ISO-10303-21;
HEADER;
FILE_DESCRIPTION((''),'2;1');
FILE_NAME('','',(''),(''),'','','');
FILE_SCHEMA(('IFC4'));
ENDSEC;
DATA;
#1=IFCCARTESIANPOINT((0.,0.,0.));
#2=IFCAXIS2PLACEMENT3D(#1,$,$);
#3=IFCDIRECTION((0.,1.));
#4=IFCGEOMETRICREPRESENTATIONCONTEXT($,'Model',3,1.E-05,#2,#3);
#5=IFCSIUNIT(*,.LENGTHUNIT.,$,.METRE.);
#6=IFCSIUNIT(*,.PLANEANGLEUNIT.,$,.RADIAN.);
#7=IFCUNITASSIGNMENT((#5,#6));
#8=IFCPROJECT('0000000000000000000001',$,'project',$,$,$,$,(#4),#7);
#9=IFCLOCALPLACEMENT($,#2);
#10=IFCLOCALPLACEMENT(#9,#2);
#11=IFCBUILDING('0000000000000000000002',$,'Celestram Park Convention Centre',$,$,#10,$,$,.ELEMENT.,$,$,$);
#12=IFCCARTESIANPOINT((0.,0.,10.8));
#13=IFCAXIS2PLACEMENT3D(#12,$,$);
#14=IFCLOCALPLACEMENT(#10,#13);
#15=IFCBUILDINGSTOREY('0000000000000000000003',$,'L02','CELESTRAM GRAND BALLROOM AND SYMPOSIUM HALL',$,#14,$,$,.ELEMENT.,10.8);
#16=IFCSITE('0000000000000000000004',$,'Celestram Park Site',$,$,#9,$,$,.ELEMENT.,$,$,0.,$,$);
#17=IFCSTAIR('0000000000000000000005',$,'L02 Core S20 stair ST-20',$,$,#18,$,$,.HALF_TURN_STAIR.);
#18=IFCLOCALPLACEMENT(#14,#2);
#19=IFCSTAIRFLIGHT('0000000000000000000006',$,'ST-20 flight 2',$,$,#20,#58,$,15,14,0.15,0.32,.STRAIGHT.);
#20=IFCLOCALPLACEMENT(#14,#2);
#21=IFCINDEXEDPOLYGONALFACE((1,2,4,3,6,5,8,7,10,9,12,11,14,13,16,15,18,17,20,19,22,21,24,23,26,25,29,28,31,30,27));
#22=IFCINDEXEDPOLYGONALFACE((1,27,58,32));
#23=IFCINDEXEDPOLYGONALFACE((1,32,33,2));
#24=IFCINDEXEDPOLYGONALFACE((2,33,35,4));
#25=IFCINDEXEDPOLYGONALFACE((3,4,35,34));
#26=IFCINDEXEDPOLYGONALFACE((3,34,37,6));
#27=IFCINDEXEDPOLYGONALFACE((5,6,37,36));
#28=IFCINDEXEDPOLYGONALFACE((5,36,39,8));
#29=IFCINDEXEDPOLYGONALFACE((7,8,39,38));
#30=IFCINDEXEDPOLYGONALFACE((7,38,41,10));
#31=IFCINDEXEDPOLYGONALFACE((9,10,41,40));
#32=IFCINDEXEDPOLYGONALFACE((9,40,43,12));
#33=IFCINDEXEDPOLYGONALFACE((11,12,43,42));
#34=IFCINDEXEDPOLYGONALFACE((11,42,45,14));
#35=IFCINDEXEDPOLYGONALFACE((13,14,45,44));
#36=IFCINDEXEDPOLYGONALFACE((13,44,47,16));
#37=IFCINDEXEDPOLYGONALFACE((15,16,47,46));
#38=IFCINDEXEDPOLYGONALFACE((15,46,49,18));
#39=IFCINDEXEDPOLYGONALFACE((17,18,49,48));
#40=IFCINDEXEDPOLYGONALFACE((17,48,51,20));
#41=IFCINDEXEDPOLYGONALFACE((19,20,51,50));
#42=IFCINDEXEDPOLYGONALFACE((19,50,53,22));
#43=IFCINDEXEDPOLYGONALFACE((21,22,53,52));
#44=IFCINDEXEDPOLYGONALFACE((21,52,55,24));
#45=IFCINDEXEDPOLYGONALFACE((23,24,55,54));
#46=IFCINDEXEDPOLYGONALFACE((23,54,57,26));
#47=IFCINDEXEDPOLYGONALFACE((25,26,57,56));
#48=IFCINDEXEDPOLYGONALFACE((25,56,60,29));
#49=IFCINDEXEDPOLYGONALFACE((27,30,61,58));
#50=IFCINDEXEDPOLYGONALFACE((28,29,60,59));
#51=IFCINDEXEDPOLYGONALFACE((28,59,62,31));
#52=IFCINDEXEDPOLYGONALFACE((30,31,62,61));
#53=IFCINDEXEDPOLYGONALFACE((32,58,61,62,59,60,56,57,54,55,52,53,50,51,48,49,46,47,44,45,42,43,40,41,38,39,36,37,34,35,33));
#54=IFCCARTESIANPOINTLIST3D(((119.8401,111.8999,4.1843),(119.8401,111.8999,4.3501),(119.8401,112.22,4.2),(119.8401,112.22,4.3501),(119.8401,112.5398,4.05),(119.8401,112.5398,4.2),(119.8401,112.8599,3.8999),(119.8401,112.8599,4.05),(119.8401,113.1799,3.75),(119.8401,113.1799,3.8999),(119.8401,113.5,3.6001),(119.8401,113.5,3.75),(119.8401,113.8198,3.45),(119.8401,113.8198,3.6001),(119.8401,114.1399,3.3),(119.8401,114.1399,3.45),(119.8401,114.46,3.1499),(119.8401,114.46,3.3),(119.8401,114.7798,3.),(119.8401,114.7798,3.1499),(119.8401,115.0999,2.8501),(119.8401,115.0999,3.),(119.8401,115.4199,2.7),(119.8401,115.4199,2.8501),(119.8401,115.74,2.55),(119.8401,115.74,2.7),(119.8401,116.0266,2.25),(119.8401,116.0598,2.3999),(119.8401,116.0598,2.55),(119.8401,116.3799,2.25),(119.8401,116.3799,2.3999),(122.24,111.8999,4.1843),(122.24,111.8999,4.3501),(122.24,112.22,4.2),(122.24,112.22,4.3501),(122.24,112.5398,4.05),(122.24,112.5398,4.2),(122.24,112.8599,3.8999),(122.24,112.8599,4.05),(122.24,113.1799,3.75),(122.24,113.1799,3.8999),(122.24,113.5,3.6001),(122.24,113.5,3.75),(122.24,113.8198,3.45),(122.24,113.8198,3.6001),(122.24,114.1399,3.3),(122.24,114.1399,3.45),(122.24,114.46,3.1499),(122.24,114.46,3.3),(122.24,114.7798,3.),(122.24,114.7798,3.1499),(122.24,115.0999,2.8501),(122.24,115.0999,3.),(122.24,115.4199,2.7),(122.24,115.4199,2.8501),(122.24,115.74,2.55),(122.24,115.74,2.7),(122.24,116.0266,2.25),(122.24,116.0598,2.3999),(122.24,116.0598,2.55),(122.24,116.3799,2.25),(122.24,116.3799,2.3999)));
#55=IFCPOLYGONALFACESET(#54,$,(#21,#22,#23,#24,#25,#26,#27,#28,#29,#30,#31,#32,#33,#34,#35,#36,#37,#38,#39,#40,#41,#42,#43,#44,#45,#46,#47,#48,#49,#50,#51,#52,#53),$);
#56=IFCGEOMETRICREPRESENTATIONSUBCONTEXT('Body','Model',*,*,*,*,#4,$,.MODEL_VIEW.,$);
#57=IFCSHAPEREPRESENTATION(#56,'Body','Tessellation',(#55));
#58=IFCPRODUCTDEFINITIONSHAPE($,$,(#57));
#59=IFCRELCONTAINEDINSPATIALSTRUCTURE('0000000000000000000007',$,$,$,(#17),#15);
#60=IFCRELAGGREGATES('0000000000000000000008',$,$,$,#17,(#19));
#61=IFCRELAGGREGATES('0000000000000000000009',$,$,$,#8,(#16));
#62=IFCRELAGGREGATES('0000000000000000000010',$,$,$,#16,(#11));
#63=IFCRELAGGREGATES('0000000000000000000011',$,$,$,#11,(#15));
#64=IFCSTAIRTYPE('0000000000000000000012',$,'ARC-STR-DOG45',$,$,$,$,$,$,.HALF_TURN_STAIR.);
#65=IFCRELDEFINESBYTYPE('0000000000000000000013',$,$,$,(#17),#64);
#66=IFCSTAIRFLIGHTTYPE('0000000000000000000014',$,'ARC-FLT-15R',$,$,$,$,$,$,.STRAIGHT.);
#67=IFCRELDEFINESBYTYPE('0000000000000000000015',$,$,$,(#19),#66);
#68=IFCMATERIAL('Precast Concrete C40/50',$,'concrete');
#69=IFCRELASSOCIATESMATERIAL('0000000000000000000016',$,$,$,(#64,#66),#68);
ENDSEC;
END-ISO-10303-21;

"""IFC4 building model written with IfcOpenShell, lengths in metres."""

from ifc_helpers import new_model, si_unit, direction, frame, origin, place, context, subcontext, project, spatial, polyline, outline, extrude, material, type_object, element, aggregate, save


model = new_model("IFC4")

# Units and contexts
model_context = context("Model", 3, precision=1e-05, world=origin(), true_north=direction((0.0, 1.0)))
body_context = subcontext(model_context, "Body", "Model", "MODEL_VIEW")
ifc_project = project(units=[si_unit("LENGTHUNIT", "METRE"), si_unit("PLANEANGLEUNIT", "RADIAN")], contexts=[model_context])

# Site, building, storey
site_placement = place(None, origin())
site = spatial("IfcSite", under=ifc_project, at=site_placement, Name="Celestram Park Site", CompositionType="ELEMENT", RefElevation=0.0)
building_placement = place(site_placement, origin())
building = spatial("IfcBuilding", under=site, at=building_placement, Name="Celestram Park Convention Centre", CompositionType="ELEMENT")
storey_placement = place(building_placement, frame((0.0, 0.0, 10.8)))
storey = spatial("IfcBuildingStorey", under=building, at=storey_placement, Name="L02", Description="CELESTRAM GRAND BALLROOM AND SYMPOSIUM HALL", CompositionType="ELEMENT", Elevation=10.8)

# Stair, stair flight
ifc_material_1 = material(Name="Precast Concrete C40/50", Category="concrete")
stair_type = type_object("IfcStairType", Name="ARC-STR-DOG45", PredefinedType="HALF_TURN_STAIR", material=ifc_material_1)
stair_placement = place(storey_placement, origin())
stair = element("IfcStair", 1, at=stair_placement, inside=storey, type_object=stair_type, Name="L02 Core S20 stair ST-20", PredefinedType="HALF_TURN_STAIR")
stair_flight_type = type_object("IfcStairFlightType", Name="ARC-FLT-15R", PredefinedType="STRAIGHT", material=ifc_material_1)
stair_flight_1_placement = place(storey_placement, frame((121.04, 116.3799, 2.25), z_axis=(0.0, 0.0, 1.0), x_axis=(0.0, -1.0, 0.0)))
stair_flight_1 = element("IfcStairFlight", 2, at=stair_flight_1_placement, type_object=stair_flight_type, Name="ST-20 flight 2", NumberOfRisers=15, NumberOfTreads=14, PredefinedType="STRAIGHT", RiserHeight=0.15, TreadLength=0.32, context=body_context, shape_type="SweptSolid", body=[
    extrude(outline(polyline([(0.0, 0.0), (0.0, 0.1499), (0.3201, 0.1499), (0.3201, 0.3), (0.6399, 0.3), (0.6399, 0.45), (0.96, 0.45), (0.96, 0.6001), (1.28, 0.6001), (1.28, 0.75), (1.6001, 0.75), (1.6001, 0.8999), (1.9199, 0.8999), (1.9199, 1.05), (2.24, 1.05), (2.24, 1.2), (2.5601, 1.2), (2.5601, 1.3501), (2.8799, 1.3501), (2.8799, 1.5), (3.2, 1.5), (3.2, 1.6499), (3.52, 1.6499), (3.52, 1.8), (3.8401, 1.8), (3.8401, 1.95), (4.1599, 1.95), (4.1599, 2.1001), (4.48, 2.1001), (4.48, 2.25), (4.48, 1.9343), (0.3533, 0.0), (0.0, 0.0)])), frame((0.0, 1.2, 0.0), z_axis=(0.0, -1.0, 0.0), x_axis=(1.0, 0.0, 0.0)), (0.0, 0.0, 1.0), 2.3999),
])
aggregate(stair, [stair_flight_1])

save(model, "model.ifc")
